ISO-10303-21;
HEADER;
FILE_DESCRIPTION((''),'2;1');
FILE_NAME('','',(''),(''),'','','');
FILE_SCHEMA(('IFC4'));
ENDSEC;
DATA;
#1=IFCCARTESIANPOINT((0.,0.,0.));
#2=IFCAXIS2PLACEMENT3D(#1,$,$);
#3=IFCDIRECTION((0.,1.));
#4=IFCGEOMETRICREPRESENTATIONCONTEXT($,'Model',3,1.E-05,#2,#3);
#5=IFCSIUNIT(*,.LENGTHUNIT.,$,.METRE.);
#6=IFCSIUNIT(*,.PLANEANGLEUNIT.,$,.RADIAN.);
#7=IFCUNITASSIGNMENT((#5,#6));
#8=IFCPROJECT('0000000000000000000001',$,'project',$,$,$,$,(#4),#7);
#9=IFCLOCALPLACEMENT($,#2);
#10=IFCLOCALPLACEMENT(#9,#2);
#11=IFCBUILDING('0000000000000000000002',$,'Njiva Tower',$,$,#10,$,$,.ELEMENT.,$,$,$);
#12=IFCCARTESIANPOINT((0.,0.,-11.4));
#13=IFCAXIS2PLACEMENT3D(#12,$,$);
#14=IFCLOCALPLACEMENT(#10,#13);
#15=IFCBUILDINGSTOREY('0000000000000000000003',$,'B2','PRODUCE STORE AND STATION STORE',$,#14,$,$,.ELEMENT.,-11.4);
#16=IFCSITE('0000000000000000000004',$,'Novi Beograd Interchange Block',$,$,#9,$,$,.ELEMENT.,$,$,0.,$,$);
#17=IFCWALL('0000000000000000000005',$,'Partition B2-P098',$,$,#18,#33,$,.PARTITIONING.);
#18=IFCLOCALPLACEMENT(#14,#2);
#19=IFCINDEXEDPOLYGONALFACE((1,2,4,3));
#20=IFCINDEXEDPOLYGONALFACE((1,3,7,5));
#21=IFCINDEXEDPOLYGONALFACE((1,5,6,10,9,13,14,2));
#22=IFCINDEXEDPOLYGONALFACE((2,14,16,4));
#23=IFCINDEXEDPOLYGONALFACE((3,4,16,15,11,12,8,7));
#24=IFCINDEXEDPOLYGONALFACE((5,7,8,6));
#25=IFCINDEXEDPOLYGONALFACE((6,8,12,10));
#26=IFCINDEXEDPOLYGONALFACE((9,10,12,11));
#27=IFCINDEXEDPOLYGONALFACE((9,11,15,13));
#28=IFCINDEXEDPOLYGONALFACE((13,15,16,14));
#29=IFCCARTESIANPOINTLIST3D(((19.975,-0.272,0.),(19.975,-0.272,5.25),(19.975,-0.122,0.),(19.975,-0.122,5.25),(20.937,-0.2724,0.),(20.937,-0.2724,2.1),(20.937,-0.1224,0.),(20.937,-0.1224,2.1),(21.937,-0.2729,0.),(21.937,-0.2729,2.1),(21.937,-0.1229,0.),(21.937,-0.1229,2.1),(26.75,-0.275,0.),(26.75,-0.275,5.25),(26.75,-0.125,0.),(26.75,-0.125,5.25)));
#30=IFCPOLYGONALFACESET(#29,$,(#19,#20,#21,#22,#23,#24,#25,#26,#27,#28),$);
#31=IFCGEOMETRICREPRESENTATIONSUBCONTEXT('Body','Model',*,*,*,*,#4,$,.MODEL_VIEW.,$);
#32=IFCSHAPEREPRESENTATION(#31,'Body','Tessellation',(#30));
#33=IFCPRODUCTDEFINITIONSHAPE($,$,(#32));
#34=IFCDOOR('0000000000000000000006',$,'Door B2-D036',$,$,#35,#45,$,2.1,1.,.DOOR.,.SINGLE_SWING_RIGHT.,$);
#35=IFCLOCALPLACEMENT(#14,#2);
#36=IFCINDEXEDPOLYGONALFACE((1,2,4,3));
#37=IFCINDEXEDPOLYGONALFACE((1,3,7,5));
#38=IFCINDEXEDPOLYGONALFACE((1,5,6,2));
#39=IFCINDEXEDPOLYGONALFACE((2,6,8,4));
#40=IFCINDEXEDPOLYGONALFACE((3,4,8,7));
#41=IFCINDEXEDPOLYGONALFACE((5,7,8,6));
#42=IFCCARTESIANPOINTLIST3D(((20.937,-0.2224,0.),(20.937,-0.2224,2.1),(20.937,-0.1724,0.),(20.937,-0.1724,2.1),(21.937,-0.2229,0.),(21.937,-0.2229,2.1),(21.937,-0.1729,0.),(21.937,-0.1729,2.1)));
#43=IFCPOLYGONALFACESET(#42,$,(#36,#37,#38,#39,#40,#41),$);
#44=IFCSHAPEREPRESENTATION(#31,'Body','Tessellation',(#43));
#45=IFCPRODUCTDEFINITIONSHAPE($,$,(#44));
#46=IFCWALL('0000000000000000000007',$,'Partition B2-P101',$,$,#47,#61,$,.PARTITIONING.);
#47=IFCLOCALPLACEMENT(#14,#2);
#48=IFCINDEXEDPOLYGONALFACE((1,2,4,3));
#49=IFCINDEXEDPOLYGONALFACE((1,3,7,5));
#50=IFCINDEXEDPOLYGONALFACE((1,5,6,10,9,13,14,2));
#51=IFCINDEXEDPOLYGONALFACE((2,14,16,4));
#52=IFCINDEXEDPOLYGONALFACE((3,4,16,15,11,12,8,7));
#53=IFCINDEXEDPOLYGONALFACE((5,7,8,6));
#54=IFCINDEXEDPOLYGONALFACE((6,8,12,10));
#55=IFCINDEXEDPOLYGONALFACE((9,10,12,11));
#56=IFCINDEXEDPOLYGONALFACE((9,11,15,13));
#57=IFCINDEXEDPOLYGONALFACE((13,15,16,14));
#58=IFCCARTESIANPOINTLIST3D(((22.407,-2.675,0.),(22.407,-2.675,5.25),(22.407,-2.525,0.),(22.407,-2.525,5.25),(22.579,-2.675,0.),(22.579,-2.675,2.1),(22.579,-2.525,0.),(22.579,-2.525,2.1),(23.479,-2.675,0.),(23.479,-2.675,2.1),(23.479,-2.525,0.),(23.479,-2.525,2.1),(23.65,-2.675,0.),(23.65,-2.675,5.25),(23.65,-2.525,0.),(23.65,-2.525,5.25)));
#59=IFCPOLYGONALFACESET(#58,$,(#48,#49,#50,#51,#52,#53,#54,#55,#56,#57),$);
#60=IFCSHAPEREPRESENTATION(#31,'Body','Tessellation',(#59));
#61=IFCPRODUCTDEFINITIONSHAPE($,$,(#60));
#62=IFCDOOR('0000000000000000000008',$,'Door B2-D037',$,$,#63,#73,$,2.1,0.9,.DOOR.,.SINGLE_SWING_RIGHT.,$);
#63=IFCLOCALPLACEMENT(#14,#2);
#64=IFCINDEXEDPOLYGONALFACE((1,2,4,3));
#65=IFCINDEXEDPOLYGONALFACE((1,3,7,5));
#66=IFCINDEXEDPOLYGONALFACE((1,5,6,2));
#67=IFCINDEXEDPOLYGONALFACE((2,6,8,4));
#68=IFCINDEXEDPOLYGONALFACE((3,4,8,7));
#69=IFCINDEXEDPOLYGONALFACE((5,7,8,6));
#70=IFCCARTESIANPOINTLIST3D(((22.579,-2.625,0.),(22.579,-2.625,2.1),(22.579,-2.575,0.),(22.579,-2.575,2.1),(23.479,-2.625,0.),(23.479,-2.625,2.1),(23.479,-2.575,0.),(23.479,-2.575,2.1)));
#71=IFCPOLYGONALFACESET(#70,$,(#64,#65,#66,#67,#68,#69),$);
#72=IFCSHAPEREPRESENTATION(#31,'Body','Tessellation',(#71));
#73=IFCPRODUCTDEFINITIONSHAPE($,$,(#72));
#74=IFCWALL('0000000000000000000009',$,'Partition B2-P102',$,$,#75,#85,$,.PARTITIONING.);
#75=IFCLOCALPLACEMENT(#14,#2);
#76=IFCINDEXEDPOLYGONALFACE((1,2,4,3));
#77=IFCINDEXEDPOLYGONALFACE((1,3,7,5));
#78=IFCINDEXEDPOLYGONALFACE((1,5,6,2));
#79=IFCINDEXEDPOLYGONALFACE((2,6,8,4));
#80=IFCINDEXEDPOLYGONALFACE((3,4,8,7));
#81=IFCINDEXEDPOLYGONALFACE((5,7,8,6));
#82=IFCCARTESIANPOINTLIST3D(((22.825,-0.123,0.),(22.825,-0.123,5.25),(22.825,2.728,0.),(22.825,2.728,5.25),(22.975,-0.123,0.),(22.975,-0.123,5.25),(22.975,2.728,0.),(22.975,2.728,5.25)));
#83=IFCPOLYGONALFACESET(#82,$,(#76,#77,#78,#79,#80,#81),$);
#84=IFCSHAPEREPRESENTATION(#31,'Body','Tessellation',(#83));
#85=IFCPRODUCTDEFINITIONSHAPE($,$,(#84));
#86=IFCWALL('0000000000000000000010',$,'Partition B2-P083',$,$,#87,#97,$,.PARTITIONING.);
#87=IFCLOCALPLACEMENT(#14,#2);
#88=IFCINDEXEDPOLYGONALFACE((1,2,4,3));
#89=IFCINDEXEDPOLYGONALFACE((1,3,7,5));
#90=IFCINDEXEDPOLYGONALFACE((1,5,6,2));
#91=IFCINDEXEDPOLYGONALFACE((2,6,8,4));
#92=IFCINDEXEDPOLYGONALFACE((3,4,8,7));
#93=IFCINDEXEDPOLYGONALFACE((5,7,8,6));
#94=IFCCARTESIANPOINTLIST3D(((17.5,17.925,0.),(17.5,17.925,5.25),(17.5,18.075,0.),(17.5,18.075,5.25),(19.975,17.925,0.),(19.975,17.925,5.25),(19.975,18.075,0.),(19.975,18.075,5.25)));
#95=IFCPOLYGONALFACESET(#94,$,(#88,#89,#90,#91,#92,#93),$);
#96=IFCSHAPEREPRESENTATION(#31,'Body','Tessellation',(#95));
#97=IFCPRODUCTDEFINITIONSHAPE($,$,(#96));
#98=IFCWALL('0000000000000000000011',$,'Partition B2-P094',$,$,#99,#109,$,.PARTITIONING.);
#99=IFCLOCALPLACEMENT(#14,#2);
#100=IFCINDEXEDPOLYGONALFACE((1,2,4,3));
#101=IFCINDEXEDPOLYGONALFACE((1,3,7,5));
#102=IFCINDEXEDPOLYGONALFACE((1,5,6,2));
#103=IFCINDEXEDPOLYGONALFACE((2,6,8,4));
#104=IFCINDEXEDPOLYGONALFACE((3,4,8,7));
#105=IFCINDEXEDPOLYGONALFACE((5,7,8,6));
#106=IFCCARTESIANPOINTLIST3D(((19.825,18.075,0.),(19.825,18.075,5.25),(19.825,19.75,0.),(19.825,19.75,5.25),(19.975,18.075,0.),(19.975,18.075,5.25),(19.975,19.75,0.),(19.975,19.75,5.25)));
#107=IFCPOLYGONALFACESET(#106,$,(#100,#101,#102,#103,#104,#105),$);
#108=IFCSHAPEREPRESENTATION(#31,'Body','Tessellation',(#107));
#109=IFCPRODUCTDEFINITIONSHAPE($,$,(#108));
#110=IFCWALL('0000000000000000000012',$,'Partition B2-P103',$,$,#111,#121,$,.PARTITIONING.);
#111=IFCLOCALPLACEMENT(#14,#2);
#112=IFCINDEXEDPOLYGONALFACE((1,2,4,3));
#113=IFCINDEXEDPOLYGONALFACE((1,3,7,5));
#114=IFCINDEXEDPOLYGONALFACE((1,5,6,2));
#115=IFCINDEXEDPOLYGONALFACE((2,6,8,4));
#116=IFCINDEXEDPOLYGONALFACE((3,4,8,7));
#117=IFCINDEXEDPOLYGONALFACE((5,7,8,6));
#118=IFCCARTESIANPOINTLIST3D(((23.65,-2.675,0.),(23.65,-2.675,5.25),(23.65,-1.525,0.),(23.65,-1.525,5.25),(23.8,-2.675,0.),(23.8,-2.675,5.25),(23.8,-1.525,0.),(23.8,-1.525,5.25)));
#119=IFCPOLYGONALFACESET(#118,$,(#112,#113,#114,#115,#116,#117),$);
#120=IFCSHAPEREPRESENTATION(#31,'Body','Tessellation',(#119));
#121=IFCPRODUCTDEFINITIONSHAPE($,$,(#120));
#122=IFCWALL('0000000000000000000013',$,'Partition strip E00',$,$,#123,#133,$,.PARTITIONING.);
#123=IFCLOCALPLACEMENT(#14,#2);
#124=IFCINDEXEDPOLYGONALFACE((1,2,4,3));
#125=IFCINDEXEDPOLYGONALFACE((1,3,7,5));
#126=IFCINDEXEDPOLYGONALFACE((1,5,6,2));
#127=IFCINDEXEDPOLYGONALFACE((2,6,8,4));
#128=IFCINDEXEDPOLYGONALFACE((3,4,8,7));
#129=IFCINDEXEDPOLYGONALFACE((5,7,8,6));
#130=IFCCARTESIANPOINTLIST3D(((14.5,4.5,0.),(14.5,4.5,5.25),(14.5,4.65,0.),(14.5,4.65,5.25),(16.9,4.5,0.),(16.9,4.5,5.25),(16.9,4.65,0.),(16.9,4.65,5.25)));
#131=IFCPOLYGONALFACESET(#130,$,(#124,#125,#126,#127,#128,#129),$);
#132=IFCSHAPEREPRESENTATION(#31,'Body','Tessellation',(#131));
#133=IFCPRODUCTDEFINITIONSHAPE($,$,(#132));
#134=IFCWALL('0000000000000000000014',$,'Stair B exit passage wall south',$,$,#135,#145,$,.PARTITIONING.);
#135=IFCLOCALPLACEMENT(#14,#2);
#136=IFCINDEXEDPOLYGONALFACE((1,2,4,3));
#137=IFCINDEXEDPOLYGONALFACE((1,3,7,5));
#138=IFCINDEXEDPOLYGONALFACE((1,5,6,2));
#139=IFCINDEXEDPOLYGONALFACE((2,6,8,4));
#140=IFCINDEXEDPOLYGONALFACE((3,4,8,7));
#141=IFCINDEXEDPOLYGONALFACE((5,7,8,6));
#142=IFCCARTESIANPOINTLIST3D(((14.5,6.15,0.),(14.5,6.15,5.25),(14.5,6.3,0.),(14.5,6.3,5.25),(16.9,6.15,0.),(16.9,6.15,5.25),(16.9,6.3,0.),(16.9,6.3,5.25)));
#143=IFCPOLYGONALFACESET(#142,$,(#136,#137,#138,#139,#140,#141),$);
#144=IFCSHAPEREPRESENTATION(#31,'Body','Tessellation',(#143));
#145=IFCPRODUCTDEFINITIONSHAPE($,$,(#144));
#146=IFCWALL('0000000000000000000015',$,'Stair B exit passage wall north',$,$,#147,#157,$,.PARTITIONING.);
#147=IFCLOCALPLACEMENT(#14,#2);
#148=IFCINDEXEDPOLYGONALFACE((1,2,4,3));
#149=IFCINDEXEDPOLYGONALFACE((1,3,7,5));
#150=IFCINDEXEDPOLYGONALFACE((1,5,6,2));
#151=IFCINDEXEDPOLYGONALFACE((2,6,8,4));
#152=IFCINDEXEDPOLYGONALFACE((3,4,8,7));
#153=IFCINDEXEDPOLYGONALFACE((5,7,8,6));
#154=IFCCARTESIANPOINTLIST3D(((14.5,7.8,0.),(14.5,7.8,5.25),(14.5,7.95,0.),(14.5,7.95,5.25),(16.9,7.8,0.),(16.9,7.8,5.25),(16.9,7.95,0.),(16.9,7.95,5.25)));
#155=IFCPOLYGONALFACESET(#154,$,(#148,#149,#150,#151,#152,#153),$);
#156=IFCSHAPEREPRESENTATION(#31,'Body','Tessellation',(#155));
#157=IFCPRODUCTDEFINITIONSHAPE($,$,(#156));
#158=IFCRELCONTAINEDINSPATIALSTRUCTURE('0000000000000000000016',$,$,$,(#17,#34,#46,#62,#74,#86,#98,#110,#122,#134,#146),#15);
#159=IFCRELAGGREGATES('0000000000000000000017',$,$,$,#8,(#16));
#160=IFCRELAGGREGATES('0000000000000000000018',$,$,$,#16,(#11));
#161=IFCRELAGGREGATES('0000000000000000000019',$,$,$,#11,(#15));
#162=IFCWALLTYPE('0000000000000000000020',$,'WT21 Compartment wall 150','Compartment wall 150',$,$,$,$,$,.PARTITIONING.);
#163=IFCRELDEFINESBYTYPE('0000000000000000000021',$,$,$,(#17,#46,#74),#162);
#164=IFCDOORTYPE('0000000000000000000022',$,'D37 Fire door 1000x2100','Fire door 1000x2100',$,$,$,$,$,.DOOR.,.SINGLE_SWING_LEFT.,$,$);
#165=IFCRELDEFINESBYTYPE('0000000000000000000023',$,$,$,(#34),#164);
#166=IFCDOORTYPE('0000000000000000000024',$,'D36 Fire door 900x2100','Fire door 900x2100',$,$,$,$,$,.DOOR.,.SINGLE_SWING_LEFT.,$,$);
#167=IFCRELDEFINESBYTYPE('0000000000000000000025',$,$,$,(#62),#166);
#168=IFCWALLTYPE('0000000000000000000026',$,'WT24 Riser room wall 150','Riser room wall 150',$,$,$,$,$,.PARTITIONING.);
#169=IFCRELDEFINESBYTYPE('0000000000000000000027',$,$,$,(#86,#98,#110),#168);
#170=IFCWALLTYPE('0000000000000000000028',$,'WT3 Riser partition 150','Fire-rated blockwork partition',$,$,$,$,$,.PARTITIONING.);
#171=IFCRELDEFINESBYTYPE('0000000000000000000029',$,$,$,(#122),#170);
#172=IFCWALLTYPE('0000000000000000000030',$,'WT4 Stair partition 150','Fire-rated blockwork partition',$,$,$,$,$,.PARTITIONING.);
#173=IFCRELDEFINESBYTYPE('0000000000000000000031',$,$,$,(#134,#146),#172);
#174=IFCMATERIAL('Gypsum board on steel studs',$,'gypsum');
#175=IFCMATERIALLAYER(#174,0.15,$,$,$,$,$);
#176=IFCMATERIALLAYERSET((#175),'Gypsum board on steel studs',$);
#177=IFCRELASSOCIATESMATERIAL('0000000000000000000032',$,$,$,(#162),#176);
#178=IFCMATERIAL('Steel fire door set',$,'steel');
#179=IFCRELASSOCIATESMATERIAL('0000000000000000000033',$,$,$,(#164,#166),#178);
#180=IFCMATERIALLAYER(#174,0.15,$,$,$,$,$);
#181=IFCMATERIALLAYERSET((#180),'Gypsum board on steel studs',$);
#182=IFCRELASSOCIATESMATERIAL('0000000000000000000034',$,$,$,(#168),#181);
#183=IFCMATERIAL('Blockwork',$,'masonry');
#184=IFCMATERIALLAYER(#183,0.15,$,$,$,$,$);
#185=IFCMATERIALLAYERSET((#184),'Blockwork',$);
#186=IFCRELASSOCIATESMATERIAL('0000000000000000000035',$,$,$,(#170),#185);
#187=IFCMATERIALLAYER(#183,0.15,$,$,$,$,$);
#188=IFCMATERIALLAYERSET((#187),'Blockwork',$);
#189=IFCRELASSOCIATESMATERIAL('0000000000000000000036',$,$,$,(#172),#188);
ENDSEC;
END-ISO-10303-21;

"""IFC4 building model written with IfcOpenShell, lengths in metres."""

from ifc_helpers import new_model, si_unit, direction, frame, frame_2d, origin, place, context, subcontext, project, spatial, rectangle, extrude, material, layer, layer_set, type_object, element, fill, save


model = new_model("IFC4")

# Units and contexts
model_context = context("Model", 3, precision=1e-05, world=origin(), true_north=direction((0.0, 1.0)))
body_context = subcontext(model_context, "Body", "Model", "MODEL_VIEW")
ifc_project = project(units=[si_unit("LENGTHUNIT", "METRE"), si_unit("PLANEANGLEUNIT", "RADIAN")], contexts=[model_context])

# Site, building, storey
site_placement = place(None, origin())
site = spatial("IfcSite", under=ifc_project, at=site_placement, Name="Novi Beograd Interchange Block", CompositionType="ELEMENT", RefElevation=0.0)
building_placement = place(site_placement, origin())
building = spatial("IfcBuilding", under=site, at=building_placement, Name="Njiva Tower", CompositionType="ELEMENT")
storey_placement = place(building_placement, frame((0.0, 0.0, -11.4)))
storey = spatial("IfcBuildingStorey", under=building, at=storey_placement, Name="B2", Description="PRODUCE STORE AND STATION STORE", CompositionType="ELEMENT", Elevation=-11.4)

# Shared definitions
ifc_material_1 = material(Name="Blockwork", Category="masonry")

# Shared definitions
ifc_material_2 = material(Name="Gypsum board on steel studs", Category="gypsum")
ifc_layer_1 = layer(ifc_material_2, 0.15)
ifc_layer_set_1 = layer_set([ifc_layer_1], Name="Gypsum board on steel studs")
wall_type_1 = type_object("IfcWallType", Name="WT21 Compartment wall 150", Description="Compartment wall 150", PredefinedType="PARTITIONING", material=ifc_layer_set_1)
ifc_material_3 = material(Name="Steel fire door set", Category="steel")
door_type_1 = type_object("IfcDoorType", Name="D37 Fire door 1000x2100", Description="Fire door 1000x2100", OperationType="SINGLE_SWING_LEFT", PredefinedType="DOOR", material=ifc_material_3)

# Walls, openings, doors
wall_1_placement = place(storey_placement, frame((19.975, -0.197, 0.0), z_axis=(0.0, 0.0, 1.0), x_axis=(1.0, -0.000443, 0.0)))
wall_1 = element("IfcWall", 1, at=wall_1_placement, inside=storey, type_object=wall_type_1, Name="Partition B2-P098", PredefinedType="PARTITIONING", context=body_context, shape_type="SweptSolid", body=[
    extrude(rectangle(XDim=6.775, YDim=0.15, at=frame_2d((3.3875, 0.0))), origin(), (0.0, 0.0, 1.0), 5.25),
])
opening_1_placement = place(wall_1_placement, frame((0.962, 0.0, 0.0)))
opening_1 = element("IfcOpeningElement", 2, at=opening_1_placement, cuts=wall_1, PredefinedType="OPENING", context=body_context, shape_type="SweptSolid", body=[
    extrude(rectangle(XDim=1.0, YDim=2.1, at=frame_2d((0.5, 1.05))), frame((0.0, 0.085, 0.0), z_axis=(0.0, -1.0, 0.0), x_axis=(1.0, 0.0, 0.0)), (0.0, 0.0, 1.0), 0.17),
])
door_1_placement = place(opening_1_placement, origin())
door_1 = element("IfcDoor", 3, at=door_1_placement, inside=storey, type_object=door_type_1, Name="Door B2-D036", OperationType="SINGLE_SWING_RIGHT", OverallHeight=2.1, OverallWidth=1.0, PredefinedType="DOOR", context=body_context, shape_type="SweptSolid", body=[
    extrude(rectangle(XDim=1.0, YDim=2.1, at=frame_2d((0.5, 1.05))), frame((0.0, 0.025, 0.0), z_axis=(0.0, -1.0, 0.0), x_axis=(1.0, 0.0, 0.0)), (0.0, 0.0, 1.0), 0.05),
])
fill(opening_1, door_1)
wall_2_placement = place(storey_placement, frame((22.407, -2.6, 0.0), z_axis=(0.0, 0.0, 1.0), x_axis=(1.0, 0.0, 0.0)))
wall_2 = element("IfcWall", 4, at=wall_2_placement, inside=storey, type_object=wall_type_1, Name="Partition B2-P101", PredefinedType="PARTITIONING", context=body_context, shape_type="SweptSolid", body=[
    extrude(rectangle(XDim=1.243, YDim=0.15, at=frame_2d((0.6215, 0.0))), origin(), (0.0, 0.0, 1.0), 5.25),
])
opening_2_placement = place(wall_2_placement, frame((0.172, 0.0, 0.0)))
opening_2 = element("IfcOpeningElement", 5, at=opening_2_placement, cuts=wall_2, PredefinedType="OPENING", context=body_context, shape_type="SweptSolid", body=[
    extrude(rectangle(XDim=0.9, YDim=2.1, at=frame_2d((0.45, 1.05))), frame((0.0, 0.085, 0.0), z_axis=(0.0, -1.0, 0.0), x_axis=(1.0, 0.0, 0.0)), (0.0, 0.0, 1.0), 0.17),
])
door_type_2 = type_object("IfcDoorType", Name="D36 Fire door 900x2100", Description="Fire door 900x2100", OperationType="SINGLE_SWING_LEFT", PredefinedType="DOOR", material=ifc_material_3)
door_2_placement = place(opening_2_placement, origin())
door_2 = element("IfcDoor", 6, at=door_2_placement, inside=storey, type_object=door_type_2, Name="Door B2-D037", OperationType="SINGLE_SWING_RIGHT", OverallHeight=2.1, OverallWidth=0.9, PredefinedType="DOOR", context=body_context, shape_type="SweptSolid", body=[
    extrude(rectangle(XDim=0.9, YDim=2.1, at=frame_2d((0.45, 1.05))), frame((0.0, 0.025, 0.0), z_axis=(0.0, -1.0, 0.0), x_axis=(1.0, 0.0, 0.0)), (0.0, 0.0, 1.0), 0.05),
])
fill(opening_2, door_2)

# Walls
wall_3_placement = place(storey_placement, frame((22.9, -0.123, 0.0), z_axis=(0.0, 0.0, 1.0), x_axis=(0.0, 1.0, 0.0)))
element("IfcWall", 7, at=wall_3_placement, inside=storey, type_object=wall_type_1, Name="Partition B2-P102", PredefinedType="PARTITIONING", context=body_context, shape_type="SweptSolid", body=[
    extrude(rectangle(XDim=2.851, YDim=0.15, at=frame_2d((1.4255, 0.0))), origin(), (0.0, 0.0, 1.0), 5.25),
])
ifc_layer_2 = layer(ifc_material_2, 0.15)
ifc_layer_set_2 = layer_set([ifc_layer_2], Name="Gypsum board on steel studs")
wall_type_2 = type_object("IfcWallType", Name="WT24 Riser room wall 150", Description="Riser room wall 150", PredefinedType="PARTITIONING", material=ifc_layer_set_2)
wall_4_placement = place(storey_placement, frame((17.5, 18.0, 0.0), z_axis=(0.0, 0.0, 1.0), x_axis=(1.0, 0.0, 0.0)))
element("IfcWall", 8, at=wall_4_placement, inside=storey, type_object=wall_type_2, Name="Partition B2-P083", PredefinedType="PARTITIONING", context=body_context, shape_type="SweptSolid", body=[
    extrude(rectangle(XDim=2.475, YDim=0.15, at=frame_2d((1.2375, 0.0))), origin(), (0.0, 0.0, 1.0), 5.25),
])
wall_5_placement = place(storey_placement, frame((19.9, 18.075, 0.0), z_axis=(0.0, 0.0, 1.0), x_axis=(0.0, 1.0, 0.0)))
element("IfcWall", 9, at=wall_5_placement, inside=storey, type_object=wall_type_2, Name="Partition B2-P094", PredefinedType="PARTITIONING", context=body_context, shape_type="SweptSolid", body=[
    extrude(rectangle(XDim=1.675, YDim=0.15, at=frame_2d((0.8375, 0.0))), origin(), (0.0, 0.0, 1.0), 5.25),
])
wall_6_placement = place(storey_placement, frame((23.725, -2.675, 0.0), z_axis=(0.0, 0.0, 1.0), x_axis=(0.0, 1.0, 0.0)))
element("IfcWall", 10, at=wall_6_placement, inside=storey, type_object=wall_type_2, Name="Partition B2-P103", PredefinedType="PARTITIONING", context=body_context, shape_type="SweptSolid", body=[
    extrude(rectangle(XDim=1.15, YDim=0.15, at=frame_2d((0.575, 0.0))), origin(), (0.0, 0.0, 1.0), 5.25),
])
ifc_layer_3 = layer(ifc_material_1, 0.15)
ifc_layer_set_3 = layer_set([ifc_layer_3], Name="Blockwork")
wall_type_3 = type_object("IfcWallType", Name="WT3 Riser partition 150", Description="Fire-rated blockwork partition", PredefinedType="PARTITIONING", material=ifc_layer_set_3)
wall_7_placement = place(storey_placement, frame((14.5, 4.575, 0.0), z_axis=(0.0, 0.0, 1.0), x_axis=(1.0, 0.0, 0.0)))
element("IfcWall", 11, at=wall_7_placement, inside=storey, type_object=wall_type_3, Name="Partition strip E00", PredefinedType="PARTITIONING", context=body_context, shape_type="SweptSolid", body=[
    extrude(rectangle(XDim=2.4, YDim=0.15, at=frame_2d((1.2, 0.0))), origin(), (0.0, 0.0, 1.0), 5.25),
])
ifc_layer_4 = layer(ifc_material_1, 0.15)
ifc_layer_set_4 = layer_set([ifc_layer_4], Name="Blockwork")
wall_type_4 = type_object("IfcWallType", Name="WT4 Stair partition 150", Description="Fire-rated blockwork partition", PredefinedType="PARTITIONING", material=ifc_layer_set_4)
for number, where, z_axis, x_axis, name in (
    (12, (14.5, 6.225, 0.0), (0.0, 0.0, 1.0), (1.0, 0.0, 0.0), "Stair B exit passage wall south"),
    (13, (14.5, 7.875, 0.0), (0.0, 0.0, 1.0), (1.0, 0.0, 0.0), "Stair B exit passage wall north"),
):
    element("IfcWall", number, at=place(storey_placement, frame(where, z_axis=z_axis, x_axis=x_axis)), inside=storey, type_object=wall_type_4, Name=name, PredefinedType="PARTITIONING", context=body_context, shape_type="SweptSolid", body=[
        extrude(rectangle(XDim=2.4, YDim=0.15, at=frame_2d((1.2, 0.0))), origin(), (0.0, 0.0, 1.0), 5.25),
    ])

save(model, "model.ifc")
